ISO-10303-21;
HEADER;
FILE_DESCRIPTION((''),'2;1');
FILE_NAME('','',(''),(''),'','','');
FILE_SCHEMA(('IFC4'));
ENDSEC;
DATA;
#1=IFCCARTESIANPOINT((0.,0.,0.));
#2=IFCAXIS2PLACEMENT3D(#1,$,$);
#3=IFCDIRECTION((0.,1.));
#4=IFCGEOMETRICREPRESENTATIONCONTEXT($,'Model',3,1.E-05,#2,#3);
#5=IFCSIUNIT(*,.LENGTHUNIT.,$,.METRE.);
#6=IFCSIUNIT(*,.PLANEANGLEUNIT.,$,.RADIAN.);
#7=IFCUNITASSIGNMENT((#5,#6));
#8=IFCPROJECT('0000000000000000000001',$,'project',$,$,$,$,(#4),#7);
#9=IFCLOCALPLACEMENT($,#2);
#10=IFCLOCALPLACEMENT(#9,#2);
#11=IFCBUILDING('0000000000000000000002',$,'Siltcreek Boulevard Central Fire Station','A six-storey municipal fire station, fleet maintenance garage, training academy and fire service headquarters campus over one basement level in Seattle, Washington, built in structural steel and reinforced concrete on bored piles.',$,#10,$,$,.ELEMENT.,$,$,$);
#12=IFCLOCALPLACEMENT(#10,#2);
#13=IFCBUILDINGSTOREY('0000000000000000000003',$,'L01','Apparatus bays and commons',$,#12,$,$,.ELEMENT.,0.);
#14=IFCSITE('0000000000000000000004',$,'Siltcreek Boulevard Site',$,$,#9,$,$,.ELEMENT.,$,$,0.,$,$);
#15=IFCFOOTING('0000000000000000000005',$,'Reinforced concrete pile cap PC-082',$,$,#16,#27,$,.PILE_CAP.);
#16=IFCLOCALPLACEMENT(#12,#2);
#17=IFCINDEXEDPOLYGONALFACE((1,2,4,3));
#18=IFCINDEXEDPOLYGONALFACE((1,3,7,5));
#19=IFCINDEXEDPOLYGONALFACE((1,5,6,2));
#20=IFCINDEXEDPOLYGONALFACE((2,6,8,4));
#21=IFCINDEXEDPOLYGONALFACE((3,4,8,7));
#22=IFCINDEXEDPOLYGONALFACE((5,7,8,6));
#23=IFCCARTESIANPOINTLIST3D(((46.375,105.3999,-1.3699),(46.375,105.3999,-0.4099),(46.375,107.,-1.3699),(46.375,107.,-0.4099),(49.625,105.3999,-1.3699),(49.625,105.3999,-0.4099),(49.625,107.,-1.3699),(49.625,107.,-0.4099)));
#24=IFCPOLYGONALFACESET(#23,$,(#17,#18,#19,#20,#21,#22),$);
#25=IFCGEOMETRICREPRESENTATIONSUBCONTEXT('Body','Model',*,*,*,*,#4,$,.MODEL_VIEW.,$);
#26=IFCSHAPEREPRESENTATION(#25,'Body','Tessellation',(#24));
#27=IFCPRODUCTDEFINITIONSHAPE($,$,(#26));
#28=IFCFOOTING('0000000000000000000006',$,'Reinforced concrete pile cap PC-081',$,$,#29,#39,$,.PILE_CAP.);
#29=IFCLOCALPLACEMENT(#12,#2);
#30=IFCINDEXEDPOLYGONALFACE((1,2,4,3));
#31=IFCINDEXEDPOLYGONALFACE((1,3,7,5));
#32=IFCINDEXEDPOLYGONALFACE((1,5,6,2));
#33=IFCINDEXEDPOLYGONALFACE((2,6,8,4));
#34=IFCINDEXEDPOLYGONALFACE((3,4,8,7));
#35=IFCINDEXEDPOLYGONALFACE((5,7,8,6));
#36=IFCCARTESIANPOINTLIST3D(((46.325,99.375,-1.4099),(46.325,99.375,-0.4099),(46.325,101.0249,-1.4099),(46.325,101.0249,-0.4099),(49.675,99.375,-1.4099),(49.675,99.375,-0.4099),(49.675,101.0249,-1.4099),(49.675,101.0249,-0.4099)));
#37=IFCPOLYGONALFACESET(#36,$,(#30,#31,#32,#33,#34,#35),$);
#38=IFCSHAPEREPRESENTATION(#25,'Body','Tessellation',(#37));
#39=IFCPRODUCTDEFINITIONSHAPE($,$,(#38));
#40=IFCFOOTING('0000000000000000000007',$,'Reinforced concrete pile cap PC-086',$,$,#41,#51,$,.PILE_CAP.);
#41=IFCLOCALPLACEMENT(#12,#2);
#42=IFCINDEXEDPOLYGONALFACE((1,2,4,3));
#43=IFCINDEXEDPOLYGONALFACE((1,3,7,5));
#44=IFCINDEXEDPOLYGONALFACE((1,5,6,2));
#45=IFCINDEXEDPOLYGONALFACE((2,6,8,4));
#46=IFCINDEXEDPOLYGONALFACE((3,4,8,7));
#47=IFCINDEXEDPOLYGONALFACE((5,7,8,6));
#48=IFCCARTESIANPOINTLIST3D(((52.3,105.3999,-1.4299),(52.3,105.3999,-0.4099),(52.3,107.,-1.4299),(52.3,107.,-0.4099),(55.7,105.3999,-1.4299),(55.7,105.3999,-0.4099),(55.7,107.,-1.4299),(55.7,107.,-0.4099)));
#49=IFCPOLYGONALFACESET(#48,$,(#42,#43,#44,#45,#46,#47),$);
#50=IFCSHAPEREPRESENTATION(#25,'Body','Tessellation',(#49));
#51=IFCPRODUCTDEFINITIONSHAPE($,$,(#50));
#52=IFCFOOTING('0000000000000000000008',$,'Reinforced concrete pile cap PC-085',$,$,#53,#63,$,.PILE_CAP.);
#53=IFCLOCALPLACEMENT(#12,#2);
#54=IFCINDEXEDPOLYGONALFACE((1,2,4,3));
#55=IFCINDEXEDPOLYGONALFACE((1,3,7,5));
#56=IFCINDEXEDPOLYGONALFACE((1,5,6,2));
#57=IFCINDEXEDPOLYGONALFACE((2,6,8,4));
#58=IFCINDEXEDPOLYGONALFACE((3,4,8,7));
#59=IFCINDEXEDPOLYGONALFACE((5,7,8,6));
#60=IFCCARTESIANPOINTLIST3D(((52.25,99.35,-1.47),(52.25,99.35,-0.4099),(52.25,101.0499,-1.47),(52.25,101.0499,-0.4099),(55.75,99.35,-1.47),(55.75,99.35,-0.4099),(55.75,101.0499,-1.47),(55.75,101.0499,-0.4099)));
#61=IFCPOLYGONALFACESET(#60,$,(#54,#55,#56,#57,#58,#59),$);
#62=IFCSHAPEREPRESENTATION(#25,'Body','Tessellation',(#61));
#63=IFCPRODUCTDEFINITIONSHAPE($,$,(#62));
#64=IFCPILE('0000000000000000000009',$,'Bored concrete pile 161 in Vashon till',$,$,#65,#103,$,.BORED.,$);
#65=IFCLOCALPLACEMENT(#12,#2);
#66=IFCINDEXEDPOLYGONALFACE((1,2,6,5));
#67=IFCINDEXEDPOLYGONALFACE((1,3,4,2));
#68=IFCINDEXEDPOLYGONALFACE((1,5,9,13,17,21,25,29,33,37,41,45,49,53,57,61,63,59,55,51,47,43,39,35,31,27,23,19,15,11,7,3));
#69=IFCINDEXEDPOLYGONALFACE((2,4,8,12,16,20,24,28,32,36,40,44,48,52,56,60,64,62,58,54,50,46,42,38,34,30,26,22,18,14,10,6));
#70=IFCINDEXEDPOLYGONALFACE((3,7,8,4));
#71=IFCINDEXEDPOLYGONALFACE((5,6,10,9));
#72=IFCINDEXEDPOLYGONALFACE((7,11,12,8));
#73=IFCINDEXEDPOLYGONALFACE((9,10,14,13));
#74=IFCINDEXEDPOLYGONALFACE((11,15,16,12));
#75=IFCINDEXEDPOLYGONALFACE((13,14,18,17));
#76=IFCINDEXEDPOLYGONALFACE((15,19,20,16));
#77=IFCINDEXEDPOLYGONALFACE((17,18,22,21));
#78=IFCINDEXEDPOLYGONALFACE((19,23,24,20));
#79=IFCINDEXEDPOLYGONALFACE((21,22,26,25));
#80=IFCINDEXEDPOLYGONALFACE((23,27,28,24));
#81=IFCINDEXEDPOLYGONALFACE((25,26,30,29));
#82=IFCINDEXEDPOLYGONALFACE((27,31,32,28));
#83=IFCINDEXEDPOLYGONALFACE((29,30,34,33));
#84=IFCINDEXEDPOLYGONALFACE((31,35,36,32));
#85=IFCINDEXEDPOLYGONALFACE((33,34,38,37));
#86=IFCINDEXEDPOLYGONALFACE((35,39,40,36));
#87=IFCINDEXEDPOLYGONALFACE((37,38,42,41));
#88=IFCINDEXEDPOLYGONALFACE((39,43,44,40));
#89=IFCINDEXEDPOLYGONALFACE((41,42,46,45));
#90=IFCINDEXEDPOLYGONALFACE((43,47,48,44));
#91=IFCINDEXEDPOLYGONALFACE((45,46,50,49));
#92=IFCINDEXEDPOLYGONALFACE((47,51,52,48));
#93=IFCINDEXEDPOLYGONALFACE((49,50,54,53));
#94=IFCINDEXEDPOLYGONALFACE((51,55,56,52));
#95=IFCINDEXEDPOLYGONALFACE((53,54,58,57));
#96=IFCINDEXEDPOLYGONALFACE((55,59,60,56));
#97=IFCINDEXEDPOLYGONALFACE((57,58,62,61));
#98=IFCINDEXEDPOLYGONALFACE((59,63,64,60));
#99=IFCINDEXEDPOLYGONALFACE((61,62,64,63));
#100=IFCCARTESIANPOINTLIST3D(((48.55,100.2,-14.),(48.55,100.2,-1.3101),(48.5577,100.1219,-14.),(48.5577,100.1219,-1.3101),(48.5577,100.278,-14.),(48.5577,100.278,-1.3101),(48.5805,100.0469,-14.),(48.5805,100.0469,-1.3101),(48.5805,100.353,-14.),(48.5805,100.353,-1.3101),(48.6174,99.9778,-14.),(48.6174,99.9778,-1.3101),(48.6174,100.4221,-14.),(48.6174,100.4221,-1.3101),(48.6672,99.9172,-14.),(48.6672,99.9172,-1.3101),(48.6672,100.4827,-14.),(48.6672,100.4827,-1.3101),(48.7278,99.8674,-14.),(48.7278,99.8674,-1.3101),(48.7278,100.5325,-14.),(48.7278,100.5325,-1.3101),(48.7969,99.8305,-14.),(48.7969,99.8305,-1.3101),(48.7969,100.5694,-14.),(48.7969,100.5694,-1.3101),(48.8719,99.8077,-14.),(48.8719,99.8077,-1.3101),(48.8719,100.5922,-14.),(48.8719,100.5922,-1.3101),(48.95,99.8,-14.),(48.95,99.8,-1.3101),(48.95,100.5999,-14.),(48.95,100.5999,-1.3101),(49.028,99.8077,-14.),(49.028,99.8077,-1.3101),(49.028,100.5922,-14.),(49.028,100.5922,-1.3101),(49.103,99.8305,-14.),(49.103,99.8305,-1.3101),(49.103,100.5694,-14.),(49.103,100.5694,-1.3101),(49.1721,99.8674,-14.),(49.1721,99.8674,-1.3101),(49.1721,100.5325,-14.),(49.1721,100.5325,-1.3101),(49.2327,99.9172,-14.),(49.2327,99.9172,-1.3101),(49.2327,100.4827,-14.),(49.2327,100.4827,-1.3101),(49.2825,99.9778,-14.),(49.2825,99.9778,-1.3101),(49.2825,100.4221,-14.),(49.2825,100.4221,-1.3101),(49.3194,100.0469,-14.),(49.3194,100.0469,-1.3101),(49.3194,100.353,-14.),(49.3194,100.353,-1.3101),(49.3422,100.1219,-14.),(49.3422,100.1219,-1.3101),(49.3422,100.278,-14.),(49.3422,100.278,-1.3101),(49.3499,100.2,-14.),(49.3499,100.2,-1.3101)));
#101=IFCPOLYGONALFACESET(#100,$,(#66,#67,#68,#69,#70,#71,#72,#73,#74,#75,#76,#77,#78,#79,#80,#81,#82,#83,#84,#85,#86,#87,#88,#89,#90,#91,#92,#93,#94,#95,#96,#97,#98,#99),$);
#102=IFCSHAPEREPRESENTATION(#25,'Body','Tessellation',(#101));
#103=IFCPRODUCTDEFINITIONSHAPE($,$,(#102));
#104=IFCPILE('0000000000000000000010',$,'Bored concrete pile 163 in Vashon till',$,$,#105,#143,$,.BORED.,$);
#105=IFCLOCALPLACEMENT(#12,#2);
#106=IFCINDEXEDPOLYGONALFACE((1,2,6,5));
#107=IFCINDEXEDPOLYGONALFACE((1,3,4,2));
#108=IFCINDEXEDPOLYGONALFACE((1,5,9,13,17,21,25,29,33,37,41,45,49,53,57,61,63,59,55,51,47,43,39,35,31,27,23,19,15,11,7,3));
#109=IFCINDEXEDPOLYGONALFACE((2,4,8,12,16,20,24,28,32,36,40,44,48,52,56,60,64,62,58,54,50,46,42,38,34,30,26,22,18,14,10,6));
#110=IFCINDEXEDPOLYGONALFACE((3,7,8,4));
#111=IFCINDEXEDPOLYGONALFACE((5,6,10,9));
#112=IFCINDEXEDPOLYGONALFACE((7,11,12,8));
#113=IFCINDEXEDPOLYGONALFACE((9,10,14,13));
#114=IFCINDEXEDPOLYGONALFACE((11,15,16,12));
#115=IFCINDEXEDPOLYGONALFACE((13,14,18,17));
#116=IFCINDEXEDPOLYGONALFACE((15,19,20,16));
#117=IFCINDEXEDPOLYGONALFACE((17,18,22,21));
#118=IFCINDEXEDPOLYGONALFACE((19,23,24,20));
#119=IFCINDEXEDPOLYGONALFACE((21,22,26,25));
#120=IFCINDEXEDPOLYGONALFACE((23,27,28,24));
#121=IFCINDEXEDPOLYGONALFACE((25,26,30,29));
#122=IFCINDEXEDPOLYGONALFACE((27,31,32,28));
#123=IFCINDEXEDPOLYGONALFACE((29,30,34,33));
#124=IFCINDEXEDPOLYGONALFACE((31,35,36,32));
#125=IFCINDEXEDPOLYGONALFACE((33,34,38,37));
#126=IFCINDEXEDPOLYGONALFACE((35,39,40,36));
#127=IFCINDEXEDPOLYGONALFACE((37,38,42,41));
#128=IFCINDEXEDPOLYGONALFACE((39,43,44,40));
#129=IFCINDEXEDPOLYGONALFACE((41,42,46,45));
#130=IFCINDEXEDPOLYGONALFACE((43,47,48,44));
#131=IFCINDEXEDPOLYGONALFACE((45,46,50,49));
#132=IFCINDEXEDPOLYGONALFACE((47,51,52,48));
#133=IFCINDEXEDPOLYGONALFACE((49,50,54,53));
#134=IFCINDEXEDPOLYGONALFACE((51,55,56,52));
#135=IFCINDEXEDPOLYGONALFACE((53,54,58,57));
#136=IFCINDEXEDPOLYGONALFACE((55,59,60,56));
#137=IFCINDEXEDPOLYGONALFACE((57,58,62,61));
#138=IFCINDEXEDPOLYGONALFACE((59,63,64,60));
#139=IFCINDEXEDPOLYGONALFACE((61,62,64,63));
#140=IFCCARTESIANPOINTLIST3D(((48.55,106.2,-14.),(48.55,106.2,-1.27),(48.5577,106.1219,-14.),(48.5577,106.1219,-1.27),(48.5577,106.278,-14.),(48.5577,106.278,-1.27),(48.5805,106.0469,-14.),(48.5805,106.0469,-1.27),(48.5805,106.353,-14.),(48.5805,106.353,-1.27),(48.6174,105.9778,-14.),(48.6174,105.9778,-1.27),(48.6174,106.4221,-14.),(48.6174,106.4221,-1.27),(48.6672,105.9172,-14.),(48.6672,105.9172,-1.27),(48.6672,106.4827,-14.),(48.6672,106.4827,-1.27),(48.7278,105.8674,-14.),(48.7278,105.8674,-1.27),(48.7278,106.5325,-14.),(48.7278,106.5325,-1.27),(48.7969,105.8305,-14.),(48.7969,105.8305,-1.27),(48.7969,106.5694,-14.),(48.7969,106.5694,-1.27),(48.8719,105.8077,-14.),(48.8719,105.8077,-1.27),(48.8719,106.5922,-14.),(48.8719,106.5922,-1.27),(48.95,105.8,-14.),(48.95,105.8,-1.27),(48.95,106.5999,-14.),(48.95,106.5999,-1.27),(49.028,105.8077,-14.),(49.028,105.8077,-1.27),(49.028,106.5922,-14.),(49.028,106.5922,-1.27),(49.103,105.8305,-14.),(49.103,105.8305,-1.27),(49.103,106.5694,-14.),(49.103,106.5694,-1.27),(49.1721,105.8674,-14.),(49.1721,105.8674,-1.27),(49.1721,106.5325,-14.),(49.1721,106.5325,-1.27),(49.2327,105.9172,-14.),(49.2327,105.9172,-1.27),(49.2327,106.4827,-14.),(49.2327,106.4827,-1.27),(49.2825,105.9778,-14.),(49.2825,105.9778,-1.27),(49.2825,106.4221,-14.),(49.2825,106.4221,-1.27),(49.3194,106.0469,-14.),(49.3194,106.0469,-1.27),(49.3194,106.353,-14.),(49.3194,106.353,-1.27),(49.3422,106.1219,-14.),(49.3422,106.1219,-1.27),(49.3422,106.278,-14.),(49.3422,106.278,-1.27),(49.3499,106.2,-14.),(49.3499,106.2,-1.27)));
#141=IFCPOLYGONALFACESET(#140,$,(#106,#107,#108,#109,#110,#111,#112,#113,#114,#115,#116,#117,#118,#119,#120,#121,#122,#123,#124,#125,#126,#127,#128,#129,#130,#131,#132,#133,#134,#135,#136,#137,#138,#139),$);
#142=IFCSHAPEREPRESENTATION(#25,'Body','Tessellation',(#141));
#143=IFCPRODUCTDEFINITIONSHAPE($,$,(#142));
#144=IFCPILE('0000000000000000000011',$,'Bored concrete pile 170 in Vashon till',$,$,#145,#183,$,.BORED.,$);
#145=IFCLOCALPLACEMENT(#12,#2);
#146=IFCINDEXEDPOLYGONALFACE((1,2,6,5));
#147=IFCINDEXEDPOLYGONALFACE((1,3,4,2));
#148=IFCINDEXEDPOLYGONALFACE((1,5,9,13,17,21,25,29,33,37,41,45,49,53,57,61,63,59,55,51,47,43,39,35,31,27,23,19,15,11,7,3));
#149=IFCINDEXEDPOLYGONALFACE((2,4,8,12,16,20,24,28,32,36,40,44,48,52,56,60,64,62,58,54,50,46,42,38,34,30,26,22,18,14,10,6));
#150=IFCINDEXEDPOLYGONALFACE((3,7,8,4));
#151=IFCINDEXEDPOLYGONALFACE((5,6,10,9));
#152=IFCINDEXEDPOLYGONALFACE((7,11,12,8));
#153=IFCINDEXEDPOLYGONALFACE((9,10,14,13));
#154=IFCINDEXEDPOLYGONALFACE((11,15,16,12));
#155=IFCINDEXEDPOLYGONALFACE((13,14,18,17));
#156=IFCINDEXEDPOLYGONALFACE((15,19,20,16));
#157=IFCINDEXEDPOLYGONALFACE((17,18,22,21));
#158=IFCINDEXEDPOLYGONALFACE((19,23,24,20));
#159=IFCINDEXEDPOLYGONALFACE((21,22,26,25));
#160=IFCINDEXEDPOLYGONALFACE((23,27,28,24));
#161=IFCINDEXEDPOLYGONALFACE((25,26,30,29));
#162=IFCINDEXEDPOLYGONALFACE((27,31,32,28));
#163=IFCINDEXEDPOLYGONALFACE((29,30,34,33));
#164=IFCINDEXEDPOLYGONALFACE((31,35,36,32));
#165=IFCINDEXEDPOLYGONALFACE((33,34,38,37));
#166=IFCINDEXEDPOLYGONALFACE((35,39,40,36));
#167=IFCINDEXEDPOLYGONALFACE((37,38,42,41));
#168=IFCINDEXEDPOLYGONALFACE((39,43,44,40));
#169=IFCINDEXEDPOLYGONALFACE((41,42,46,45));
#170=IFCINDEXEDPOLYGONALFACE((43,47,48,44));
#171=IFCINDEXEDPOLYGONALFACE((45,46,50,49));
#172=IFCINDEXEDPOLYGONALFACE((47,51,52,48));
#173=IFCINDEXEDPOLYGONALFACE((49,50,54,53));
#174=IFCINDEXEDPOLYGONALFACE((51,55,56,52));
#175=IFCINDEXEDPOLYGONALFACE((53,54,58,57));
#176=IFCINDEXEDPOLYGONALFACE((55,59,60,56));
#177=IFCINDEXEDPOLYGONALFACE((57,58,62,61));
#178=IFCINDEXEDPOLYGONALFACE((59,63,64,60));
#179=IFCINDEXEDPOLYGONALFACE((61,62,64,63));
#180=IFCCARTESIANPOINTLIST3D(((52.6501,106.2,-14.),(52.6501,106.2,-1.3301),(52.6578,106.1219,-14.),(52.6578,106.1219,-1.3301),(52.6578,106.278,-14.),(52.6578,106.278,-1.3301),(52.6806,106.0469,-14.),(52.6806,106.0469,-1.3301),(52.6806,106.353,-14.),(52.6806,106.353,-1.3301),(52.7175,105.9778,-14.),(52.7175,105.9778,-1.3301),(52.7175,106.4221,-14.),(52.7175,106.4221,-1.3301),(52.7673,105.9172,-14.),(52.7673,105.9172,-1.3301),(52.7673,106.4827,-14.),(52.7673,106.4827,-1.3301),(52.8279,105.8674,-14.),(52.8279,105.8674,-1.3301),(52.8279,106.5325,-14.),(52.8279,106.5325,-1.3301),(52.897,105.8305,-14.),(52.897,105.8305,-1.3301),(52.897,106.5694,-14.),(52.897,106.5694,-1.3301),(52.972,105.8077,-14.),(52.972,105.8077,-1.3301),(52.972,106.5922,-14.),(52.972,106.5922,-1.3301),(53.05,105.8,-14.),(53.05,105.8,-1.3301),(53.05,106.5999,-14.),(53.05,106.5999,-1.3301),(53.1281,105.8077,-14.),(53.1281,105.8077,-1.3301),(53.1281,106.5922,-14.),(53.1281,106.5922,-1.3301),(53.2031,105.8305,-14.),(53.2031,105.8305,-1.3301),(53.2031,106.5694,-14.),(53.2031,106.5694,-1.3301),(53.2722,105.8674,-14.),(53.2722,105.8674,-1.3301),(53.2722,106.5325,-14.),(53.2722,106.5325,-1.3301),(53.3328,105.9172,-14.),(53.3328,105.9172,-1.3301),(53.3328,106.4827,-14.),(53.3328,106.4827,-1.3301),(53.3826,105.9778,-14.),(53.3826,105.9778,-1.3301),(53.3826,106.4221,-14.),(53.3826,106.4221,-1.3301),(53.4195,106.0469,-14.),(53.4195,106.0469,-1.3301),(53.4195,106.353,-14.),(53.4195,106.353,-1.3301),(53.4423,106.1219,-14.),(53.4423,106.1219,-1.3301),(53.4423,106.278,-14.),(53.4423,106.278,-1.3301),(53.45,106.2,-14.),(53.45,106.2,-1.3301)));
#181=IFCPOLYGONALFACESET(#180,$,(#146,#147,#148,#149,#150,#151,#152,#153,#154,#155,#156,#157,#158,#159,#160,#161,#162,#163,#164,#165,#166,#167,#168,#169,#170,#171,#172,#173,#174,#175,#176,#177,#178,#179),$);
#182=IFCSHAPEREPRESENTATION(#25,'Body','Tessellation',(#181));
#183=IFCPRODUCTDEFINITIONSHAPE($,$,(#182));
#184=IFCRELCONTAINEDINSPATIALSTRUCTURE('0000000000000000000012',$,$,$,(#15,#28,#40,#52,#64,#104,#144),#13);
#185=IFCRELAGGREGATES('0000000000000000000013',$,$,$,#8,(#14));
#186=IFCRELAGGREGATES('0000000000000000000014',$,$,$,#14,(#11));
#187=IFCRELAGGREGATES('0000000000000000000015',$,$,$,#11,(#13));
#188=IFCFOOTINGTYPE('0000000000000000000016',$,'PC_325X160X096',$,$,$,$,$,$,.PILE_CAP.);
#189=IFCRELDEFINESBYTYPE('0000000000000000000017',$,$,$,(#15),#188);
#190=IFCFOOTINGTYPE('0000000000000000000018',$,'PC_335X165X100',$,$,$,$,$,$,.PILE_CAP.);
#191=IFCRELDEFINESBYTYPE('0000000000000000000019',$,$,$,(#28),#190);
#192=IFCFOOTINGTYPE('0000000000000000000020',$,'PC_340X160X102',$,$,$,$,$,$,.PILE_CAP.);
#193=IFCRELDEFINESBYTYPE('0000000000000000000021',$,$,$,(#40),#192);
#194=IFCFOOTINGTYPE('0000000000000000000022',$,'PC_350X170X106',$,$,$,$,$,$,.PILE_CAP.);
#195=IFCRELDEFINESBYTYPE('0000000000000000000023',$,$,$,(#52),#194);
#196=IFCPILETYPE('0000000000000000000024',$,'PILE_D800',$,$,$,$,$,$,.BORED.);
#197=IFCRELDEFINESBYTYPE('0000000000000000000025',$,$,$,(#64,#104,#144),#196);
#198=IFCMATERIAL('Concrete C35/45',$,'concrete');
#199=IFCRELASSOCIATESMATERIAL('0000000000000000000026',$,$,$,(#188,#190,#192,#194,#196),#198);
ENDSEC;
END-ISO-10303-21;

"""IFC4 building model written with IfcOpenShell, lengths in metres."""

from ifc_helpers import new_model, si_unit, direction, frame, origin, origin_2d, place, context, subcontext, project, spatial, rectangle, circle, extrude, material, material_profile, profile_set, type_object, element, save


model = new_model("IFC4")

# Units and contexts
model_context = context("Model", 3, precision=1e-05, world=origin(), true_north=direction((0.0, 1.0)))
body_context = subcontext(model_context, "Body", "Model", "MODEL_VIEW")
ifc_project = project(units=[si_unit("LENGTHUNIT", "METRE"), si_unit("PLANEANGLEUNIT", "RADIAN")], contexts=[model_context])

# Site, building, storey
site_placement = place(None, origin())
site = spatial("IfcSite", under=ifc_project, at=site_placement, Name="Siltcreek Boulevard Site", CompositionType="ELEMENT", RefElevation=0.0)
building_placement = place(site_placement, origin())
building = spatial("IfcBuilding", under=site, at=building_placement, Name="Siltcreek Boulevard Central Fire Station", Description="A six-storey municipal fire station, fleet maintenance garage, training academy and fire service headquarters campus over one basement level in Seattle, Washington, built in structural steel and reinforced concrete on bored piles.", CompositionType="ELEMENT")
storey_placement = place(building_placement, origin())
storey = spatial("IfcBuildingStorey", under=building, at=storey_placement, Name="L01", Description="Apparatus bays and commons", CompositionType="ELEMENT", Elevation=0.0)

# Footings
ifc_material_1 = material(Name="Concrete C35/45", Category="concrete")
footing_type_1 = type_object("IfcFootingType", Name="PC_325X160X096", PredefinedType="PILE_CAP", material=ifc_material_1)
footing_1_placement = place(storey_placement, frame((48.0, 106.2, -1.3699), z_axis=(0.0, 0.0, 1.0), x_axis=(1.0, 0.0, 0.0)))
element("IfcFooting", 1, at=footing_1_placement, inside=storey, type_object=footing_type_1, Name="Reinforced concrete pile cap PC-082", PredefinedType="PILE_CAP", context=body_context, shape_type="SweptSolid", body=[
    extrude(rectangle(XDim=3.25, YDim=1.6001, at=origin_2d()), origin(), (0.0, 0.0, 1.0), 0.96),
])
footing_type_2 = type_object("IfcFootingType", Name="PC_335X165X100", PredefinedType="PILE_CAP", material=ifc_material_1)
footing_2_placement = place(storey_placement, frame((48.0, 100.2, -1.4099), z_axis=(0.0, 0.0, 1.0), x_axis=(1.0, 0.0, 0.0)))
element("IfcFooting", 2, at=footing_2_placement, inside=storey, type_object=footing_type_2, Name="Reinforced concrete pile cap PC-081", PredefinedType="PILE_CAP", context=body_context, shape_type="SweptSolid", body=[
    extrude(rectangle(XDim=3.3501, YDim=1.6499, at=origin_2d()), origin(), (0.0, 0.0, 1.0), 1.0),
])
footing_type_3 = type_object("IfcFootingType", Name="PC_340X160X102", PredefinedType="PILE_CAP", material=ifc_material_1)
footing_3_placement = place(storey_placement, frame((54.0, 106.2, -1.4299), z_axis=(0.0, 0.0, 1.0), x_axis=(1.0, 0.0, 0.0)))
element("IfcFooting", 3, at=footing_3_placement, inside=storey, type_object=footing_type_3, Name="Reinforced concrete pile cap PC-086", PredefinedType="PILE_CAP", context=body_context, shape_type="SweptSolid", body=[
    extrude(rectangle(XDim=3.3999, YDim=1.6001, at=origin_2d()), origin(), (0.0, 0.0, 1.0), 1.02),
])
footing_type_4 = type_object("IfcFootingType", Name="PC_350X170X106", PredefinedType="PILE_CAP", material=ifc_material_1)
footing_4_placement = place(storey_placement, frame((54.0, 100.2, -1.47), z_axis=(0.0, 0.0, 1.0), x_axis=(1.0, 0.0, 0.0)))
element("IfcFooting", 4, at=footing_4_placement, inside=storey, type_object=footing_type_4, Name="Reinforced concrete pile cap PC-085", PredefinedType="PILE_CAP", context=body_context, shape_type="SweptSolid", body=[
    extrude(rectangle(XDim=3.5, YDim=1.7, at=origin_2d()), origin(), (0.0, 0.0, 1.0), 1.0601),
])

# Piles
ifc_material_profile_1 = material_profile(ifc_material_1, circle(Radius=0.3999, at=origin_2d()), Name="SHAFT800")
ifc_profile_set_1 = profile_set([ifc_material_profile_1], Name="Concrete C35/45")
pile_type_1 = type_object("IfcPileType", Name="PILE_D800", PredefinedType="BORED", material=ifc_profile_set_1)
pile_1_placement = place(storey_placement, frame((48.95, 100.2, -1.3101), z_axis=(0.0, 0.0, -1.0), x_axis=(1.0, 0.0, 0.0)))
element("IfcPile", 5, at=pile_1_placement, inside=storey, type_object=pile_type_1, Name="Bored concrete pile 161 in Vashon till", PredefinedType="BORED", context=body_context, shape_type="SweptSolid", body=[
    extrude(circle(Radius=0.3999, at=origin_2d()), origin(), (0.0, 0.0, 1.0), 12.6899),
])
pile_2_placement = place(storey_placement, frame((48.95, 106.2, -1.27), z_axis=(0.0, 0.0, -1.0), x_axis=(1.0, 0.0, 0.0)))
element("IfcPile", 6, at=pile_2_placement, inside=storey, type_object=pile_type_1, Name="Bored concrete pile 163 in Vashon till", PredefinedType="BORED", context=body_context, shape_type="SweptSolid", body=[
    extrude(circle(Radius=0.3999, at=origin_2d()), origin(), (0.0, 0.0, 1.0), 12.73),
])
for number, where, z_axis, x_axis, name in (
    (7, (53.05, 106.2, -1.3301), (0.0, 0.0, -1.0), (1.0, 0.0, 0.0), "Bored concrete pile 170 in Vashon till"),
):
    element("IfcPile", number, at=place(storey_placement, frame(where, z_axis=z_axis, x_axis=x_axis)), inside=storey, type_object=pile_type_1, Name=name, PredefinedType="BORED", context=body_context, shape_type="SweptSolid", body=[
        extrude(circle(Radius=0.3999, at=origin_2d()), origin(), (0.0, 0.0, 1.0), 12.6699),
    ])

save(model, "model.ifc")
